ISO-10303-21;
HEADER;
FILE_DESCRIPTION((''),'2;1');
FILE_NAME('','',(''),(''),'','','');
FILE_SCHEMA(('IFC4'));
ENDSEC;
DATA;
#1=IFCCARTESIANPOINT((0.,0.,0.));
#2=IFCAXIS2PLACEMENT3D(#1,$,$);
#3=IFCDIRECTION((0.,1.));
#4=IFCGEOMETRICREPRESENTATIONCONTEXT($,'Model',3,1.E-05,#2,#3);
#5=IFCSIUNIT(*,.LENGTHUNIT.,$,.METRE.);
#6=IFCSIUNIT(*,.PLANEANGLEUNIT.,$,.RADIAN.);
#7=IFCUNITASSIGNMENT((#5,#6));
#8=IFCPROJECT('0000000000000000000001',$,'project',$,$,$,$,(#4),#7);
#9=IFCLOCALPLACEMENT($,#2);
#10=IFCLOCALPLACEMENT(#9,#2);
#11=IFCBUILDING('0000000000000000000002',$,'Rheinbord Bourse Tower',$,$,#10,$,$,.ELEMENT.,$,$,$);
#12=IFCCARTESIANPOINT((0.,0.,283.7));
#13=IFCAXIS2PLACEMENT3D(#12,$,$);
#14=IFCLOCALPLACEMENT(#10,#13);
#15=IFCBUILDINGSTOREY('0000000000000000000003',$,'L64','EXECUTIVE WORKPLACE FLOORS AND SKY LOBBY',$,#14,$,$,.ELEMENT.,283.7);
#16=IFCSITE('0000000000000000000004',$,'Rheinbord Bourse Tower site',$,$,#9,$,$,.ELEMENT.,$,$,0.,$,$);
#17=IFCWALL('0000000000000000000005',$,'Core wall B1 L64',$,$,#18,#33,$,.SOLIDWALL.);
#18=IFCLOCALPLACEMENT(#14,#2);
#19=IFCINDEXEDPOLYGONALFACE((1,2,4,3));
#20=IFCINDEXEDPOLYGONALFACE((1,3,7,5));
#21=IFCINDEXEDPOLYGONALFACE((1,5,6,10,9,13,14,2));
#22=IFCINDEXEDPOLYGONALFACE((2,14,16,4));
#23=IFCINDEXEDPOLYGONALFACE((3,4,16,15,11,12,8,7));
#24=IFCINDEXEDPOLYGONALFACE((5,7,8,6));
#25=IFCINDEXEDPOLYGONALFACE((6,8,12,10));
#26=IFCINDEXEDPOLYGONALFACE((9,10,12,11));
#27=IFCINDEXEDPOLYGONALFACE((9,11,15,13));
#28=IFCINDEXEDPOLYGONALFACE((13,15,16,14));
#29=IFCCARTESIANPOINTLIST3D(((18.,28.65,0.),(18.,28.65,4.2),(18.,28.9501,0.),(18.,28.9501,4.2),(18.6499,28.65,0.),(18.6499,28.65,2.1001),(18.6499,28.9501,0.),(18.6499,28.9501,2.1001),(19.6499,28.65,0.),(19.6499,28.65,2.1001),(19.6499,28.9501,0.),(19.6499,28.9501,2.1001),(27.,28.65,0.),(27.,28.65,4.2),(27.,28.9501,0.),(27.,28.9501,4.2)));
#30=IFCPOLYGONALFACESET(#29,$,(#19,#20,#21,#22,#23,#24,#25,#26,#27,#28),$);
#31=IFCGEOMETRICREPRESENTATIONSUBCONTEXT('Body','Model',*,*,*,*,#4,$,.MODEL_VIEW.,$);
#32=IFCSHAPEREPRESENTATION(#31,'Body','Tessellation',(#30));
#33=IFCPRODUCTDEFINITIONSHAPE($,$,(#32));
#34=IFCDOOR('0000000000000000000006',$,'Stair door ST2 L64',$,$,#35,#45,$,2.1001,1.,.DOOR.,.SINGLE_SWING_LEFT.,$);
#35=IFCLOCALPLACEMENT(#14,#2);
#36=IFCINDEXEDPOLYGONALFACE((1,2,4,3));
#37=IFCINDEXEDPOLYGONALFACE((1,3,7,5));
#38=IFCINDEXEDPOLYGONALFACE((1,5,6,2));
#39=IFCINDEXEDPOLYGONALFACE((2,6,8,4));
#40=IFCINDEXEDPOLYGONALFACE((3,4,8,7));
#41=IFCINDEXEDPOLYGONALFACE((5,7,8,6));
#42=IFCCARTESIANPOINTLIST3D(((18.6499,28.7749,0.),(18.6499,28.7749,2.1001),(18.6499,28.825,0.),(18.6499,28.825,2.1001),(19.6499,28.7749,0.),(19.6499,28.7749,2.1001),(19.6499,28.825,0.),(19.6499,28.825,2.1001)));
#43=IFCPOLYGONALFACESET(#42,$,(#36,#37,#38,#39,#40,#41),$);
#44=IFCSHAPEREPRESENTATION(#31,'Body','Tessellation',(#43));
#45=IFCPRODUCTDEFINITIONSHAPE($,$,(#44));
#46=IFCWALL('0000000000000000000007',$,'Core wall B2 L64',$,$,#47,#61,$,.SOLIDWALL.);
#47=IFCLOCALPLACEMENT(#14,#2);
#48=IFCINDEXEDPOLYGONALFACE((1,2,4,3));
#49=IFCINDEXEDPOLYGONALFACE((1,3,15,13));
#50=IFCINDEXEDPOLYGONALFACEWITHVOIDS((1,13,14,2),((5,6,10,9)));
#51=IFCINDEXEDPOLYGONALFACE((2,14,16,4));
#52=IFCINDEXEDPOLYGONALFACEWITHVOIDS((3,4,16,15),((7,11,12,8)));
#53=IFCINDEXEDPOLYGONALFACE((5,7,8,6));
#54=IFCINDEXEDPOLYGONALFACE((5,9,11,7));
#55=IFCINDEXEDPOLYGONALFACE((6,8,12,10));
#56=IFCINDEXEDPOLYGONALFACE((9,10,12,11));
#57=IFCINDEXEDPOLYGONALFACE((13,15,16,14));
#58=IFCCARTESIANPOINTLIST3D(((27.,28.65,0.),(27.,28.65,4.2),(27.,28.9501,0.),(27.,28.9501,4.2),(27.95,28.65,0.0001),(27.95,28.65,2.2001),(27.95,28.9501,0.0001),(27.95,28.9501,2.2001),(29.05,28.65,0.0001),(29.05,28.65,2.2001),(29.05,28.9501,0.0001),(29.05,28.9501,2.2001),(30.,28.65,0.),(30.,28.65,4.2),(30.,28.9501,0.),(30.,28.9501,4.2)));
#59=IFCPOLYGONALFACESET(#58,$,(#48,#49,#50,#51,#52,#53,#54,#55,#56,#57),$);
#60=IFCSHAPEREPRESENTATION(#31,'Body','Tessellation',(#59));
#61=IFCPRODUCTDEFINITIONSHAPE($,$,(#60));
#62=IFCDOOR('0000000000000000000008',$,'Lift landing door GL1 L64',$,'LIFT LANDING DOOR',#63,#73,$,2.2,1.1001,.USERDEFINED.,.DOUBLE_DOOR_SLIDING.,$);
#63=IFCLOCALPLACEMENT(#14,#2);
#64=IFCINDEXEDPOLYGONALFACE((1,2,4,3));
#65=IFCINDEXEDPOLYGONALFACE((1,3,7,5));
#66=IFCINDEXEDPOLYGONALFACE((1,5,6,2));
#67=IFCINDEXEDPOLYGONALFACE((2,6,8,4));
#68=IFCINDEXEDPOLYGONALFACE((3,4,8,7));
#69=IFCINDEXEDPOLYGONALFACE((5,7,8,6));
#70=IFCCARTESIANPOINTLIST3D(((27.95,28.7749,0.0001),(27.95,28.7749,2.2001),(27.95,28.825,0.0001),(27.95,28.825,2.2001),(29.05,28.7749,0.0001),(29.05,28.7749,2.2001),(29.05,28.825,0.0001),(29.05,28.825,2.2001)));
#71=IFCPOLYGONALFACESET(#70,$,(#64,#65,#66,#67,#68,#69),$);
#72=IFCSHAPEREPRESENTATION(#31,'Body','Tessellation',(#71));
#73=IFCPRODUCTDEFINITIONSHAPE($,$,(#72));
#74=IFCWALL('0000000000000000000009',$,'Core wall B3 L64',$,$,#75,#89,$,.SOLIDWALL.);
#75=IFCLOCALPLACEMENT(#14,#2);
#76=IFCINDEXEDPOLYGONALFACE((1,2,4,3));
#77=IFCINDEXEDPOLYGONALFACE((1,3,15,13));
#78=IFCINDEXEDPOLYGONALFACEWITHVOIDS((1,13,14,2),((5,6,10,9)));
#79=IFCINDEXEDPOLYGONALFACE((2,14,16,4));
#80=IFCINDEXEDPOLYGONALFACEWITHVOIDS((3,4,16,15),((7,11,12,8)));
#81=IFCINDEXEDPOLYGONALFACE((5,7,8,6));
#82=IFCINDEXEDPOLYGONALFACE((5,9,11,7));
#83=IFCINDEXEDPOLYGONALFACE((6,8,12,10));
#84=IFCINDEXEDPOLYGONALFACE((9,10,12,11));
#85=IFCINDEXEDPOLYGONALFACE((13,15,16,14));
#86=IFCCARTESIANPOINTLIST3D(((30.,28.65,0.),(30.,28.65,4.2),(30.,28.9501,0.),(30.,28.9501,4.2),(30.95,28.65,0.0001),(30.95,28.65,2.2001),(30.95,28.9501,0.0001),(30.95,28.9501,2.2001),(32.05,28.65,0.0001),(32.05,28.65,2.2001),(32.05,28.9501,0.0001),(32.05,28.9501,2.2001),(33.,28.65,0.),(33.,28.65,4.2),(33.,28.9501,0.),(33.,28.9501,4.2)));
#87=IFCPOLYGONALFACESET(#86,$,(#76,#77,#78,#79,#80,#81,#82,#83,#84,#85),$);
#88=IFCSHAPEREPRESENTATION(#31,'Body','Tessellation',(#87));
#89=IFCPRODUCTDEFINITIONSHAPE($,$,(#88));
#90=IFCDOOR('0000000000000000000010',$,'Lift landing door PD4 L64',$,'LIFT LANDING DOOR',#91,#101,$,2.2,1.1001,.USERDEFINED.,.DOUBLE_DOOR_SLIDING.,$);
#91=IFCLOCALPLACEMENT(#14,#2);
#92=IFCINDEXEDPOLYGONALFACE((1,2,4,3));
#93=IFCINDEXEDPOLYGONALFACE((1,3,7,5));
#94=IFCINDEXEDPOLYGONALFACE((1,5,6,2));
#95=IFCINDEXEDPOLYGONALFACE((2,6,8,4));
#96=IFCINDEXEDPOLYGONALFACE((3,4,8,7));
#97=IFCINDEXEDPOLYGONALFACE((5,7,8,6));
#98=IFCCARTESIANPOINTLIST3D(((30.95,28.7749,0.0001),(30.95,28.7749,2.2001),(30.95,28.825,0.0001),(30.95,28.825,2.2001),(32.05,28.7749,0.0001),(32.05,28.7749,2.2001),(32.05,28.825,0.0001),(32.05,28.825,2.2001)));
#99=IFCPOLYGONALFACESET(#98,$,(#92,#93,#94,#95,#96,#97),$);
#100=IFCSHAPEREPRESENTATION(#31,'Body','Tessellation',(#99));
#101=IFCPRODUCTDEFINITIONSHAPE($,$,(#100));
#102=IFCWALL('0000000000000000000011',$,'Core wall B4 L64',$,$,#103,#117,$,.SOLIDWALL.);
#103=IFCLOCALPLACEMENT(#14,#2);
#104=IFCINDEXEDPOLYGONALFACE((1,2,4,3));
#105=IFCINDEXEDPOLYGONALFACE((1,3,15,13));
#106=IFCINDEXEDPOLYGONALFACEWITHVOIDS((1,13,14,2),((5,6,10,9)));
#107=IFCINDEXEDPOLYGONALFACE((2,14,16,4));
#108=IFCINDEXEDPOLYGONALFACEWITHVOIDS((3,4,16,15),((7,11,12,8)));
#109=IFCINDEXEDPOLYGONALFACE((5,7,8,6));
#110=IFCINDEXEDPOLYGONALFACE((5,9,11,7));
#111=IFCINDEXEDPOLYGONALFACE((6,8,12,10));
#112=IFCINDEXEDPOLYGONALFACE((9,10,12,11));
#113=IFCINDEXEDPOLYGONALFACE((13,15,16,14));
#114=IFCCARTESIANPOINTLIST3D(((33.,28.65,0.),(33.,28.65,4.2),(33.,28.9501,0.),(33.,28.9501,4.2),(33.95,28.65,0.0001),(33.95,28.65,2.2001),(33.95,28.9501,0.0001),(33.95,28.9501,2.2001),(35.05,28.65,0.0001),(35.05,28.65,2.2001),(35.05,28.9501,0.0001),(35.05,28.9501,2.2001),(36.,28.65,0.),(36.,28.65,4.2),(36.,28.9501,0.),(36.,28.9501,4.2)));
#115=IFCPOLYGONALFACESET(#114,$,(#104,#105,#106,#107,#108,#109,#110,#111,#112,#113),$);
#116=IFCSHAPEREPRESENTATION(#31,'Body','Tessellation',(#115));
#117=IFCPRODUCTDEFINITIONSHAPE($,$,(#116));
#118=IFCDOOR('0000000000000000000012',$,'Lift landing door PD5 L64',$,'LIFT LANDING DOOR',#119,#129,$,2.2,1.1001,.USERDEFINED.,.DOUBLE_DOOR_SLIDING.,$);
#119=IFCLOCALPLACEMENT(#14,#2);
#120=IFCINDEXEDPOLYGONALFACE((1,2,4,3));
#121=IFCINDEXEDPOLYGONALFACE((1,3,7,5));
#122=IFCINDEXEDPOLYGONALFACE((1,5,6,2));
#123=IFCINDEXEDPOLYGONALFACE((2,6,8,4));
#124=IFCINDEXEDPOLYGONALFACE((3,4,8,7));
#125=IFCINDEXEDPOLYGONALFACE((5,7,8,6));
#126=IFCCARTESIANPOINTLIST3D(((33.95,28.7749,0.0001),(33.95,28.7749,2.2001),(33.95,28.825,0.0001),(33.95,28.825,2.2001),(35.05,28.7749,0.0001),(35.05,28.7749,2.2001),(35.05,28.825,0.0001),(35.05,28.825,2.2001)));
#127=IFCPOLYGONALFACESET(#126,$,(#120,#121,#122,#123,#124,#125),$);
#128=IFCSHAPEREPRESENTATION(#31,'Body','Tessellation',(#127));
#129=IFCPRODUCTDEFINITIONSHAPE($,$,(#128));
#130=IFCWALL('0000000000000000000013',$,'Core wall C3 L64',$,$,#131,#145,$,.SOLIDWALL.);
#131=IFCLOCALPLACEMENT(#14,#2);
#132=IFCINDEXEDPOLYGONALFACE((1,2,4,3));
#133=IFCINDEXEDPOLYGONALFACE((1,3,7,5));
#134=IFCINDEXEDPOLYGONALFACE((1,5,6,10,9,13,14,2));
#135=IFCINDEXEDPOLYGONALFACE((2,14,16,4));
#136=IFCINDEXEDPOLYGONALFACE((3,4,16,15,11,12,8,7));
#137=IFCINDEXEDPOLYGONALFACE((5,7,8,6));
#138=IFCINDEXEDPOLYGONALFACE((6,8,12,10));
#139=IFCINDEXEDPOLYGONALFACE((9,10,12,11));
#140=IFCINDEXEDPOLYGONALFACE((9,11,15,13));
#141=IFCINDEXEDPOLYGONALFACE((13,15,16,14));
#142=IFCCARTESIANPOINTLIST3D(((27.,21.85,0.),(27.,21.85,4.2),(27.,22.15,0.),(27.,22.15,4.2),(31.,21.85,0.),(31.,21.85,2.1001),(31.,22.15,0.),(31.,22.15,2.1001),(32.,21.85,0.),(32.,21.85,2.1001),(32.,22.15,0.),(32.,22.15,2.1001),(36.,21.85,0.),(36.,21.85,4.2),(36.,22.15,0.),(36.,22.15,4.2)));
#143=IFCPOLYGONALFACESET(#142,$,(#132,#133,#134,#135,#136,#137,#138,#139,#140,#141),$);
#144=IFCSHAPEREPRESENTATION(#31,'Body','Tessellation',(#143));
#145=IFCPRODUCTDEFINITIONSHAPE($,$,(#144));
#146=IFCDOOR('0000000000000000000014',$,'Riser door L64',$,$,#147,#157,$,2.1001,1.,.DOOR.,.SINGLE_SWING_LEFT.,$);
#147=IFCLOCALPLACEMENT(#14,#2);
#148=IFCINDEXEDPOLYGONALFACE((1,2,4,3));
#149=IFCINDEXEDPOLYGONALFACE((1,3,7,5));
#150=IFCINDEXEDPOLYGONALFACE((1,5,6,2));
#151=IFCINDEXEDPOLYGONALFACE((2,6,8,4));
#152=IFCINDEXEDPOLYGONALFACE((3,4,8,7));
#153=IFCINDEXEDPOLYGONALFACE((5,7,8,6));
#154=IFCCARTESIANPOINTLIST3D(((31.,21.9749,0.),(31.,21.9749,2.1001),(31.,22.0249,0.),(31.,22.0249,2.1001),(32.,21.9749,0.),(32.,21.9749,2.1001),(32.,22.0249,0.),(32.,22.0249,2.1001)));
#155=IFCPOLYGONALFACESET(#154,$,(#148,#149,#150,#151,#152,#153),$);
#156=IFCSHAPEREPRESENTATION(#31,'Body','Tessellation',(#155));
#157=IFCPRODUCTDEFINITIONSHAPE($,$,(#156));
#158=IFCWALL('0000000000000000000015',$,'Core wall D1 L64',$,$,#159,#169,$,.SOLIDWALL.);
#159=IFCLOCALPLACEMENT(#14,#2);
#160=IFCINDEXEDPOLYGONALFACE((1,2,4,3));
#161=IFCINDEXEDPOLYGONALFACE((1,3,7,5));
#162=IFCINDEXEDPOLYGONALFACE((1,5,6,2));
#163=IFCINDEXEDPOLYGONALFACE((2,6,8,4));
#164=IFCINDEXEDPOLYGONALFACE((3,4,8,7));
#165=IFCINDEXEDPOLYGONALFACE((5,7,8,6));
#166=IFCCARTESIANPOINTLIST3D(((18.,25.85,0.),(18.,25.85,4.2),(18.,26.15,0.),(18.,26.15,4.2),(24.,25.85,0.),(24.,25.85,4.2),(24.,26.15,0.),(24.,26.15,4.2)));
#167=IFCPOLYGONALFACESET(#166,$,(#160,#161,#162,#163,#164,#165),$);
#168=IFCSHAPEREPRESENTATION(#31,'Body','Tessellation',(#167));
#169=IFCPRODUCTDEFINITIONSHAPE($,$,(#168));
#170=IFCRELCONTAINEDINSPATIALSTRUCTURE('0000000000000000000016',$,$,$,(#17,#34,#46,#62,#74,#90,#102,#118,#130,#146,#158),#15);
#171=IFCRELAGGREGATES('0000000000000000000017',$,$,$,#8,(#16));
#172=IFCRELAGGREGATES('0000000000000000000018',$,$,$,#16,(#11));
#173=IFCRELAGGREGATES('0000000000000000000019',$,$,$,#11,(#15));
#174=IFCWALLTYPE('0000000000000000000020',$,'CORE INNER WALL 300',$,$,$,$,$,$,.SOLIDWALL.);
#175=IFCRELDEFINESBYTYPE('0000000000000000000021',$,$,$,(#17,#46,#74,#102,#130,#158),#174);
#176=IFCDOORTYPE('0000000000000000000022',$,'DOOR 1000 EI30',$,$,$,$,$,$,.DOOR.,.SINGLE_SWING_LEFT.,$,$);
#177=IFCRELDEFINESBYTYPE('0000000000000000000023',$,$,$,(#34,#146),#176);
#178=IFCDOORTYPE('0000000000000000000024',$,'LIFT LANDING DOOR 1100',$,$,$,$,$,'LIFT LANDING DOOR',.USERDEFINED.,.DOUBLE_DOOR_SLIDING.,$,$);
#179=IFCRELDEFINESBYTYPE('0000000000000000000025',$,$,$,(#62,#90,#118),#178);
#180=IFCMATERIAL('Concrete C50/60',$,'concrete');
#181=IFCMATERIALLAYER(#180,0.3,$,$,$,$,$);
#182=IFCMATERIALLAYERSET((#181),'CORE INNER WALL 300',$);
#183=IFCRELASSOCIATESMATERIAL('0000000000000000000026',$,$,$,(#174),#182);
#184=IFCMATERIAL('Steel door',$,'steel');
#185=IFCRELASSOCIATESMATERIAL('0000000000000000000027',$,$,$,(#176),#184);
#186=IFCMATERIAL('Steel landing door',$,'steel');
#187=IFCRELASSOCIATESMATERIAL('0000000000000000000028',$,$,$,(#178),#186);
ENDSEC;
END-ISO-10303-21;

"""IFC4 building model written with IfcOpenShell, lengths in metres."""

from ifc_helpers import new_model, si_unit, direction, frame, frame_2d, origin, place, context, subcontext, project, spatial, rectangle, extrude, material, layer, layer_set, type_object, element, fill, save


model = new_model("IFC4")

# Units and contexts
model_context = context("Model", 3, precision=1e-05, world=origin(), true_north=direction((0.0, 1.0)))
body_context = subcontext(model_context, "Body", "Model", "MODEL_VIEW")
ifc_project = project(units=[si_unit("LENGTHUNIT", "METRE"), si_unit("PLANEANGLEUNIT", "RADIAN")], contexts=[model_context])

# Site, building, storey
site_placement = place(None, origin())
site = spatial("IfcSite", under=ifc_project, at=site_placement, Name="Rheinbord Bourse Tower site", CompositionType="ELEMENT", RefElevation=0.0)
building_placement = place(site_placement, origin())
building = spatial("IfcBuilding", under=site, at=building_placement, Name="Rheinbord Bourse Tower", CompositionType="ELEMENT")
storey_placement = place(building_placement, frame((0.0, 0.0, 283.7)))
storey = spatial("IfcBuildingStorey", under=building, at=storey_placement, Name="L64", Description="EXECUTIVE WORKPLACE FLOORS AND SKY LOBBY", CompositionType="ELEMENT", Elevation=283.7)

# Walls, openings, doors
ifc_material_1 = material(Name="Concrete C50/60", Category="concrete")
ifc_layer_1 = layer(ifc_material_1, 0.3)
ifc_layer_set_1 = layer_set([ifc_layer_1], Name="CORE INNER WALL 300")
wall_type_1 = type_object("IfcWallType", Name="CORE INNER WALL 300", PredefinedType="SOLIDWALL", material=ifc_layer_set_1)
wall_1_placement = place(storey_placement, frame((18.0, 28.8, 0.0), z_axis=(0.0, 0.0, 1.0), x_axis=(1.0, 0.0, 0.0)))
wall_1 = element("IfcWall", 1, at=wall_1_placement, inside=storey, type_object=wall_type_1, Name="Core wall B1 L64", PredefinedType="SOLIDWALL", context=body_context, shape_type="SweptSolid", body=[
    extrude(rectangle(XDim=9.0, YDim=0.3, at=frame_2d((4.5, 0.0))), origin(), (0.0, 0.0, 1.0), 4.2),
])
opening_1_placement = place(wall_1_placement, frame((0.6499, 0.0, 0.0)))
opening_1 = element("IfcOpeningElement", 2, at=opening_1_placement, cuts=wall_1, PredefinedType="OPENING", context=body_context, shape_type="SweptSolid", body=[
    extrude(rectangle(XDim=1.0, YDim=2.1001, at=frame_2d((0.5, 1.05))), frame((0.0, 0.1599, 0.0), z_axis=(0.0, -1.0, 0.0), x_axis=(1.0, 0.0, 0.0)), (0.0, 0.0, 1.0), 0.3201),
])
ifc_material_2 = material(Name="Steel door", Category="steel")
door_type_1 = type_object("IfcDoorType", Name="DOOR 1000 EI30", OperationType="SINGLE_SWING_LEFT", PredefinedType="DOOR", material=ifc_material_2)
door_1_placement = place(opening_1_placement, origin())
door_1 = element("IfcDoor", 3, at=door_1_placement, inside=storey, type_object=door_type_1, Name="Stair door ST2 L64", OperationType="SINGLE_SWING_LEFT", OverallHeight=2.1001, OverallWidth=1.0, PredefinedType="DOOR", context=body_context, shape_type="SweptSolid", body=[
    extrude(rectangle(XDim=1.0, YDim=2.1001, at=frame_2d((0.5, 1.05))), frame((0.0, 0.0249, 0.0), z_axis=(0.0, -1.0, 0.0), x_axis=(1.0, 0.0, 0.0)), (0.0, 0.0, 1.0), 0.05),
])
fill(opening_1, door_1)
wall_2_placement = place(storey_placement, frame((27.0, 28.8, 0.0), z_axis=(0.0, 0.0, 1.0), x_axis=(1.0, 0.0, 0.0)))
wall_2 = element("IfcWall", 4, at=wall_2_placement, inside=storey, type_object=wall_type_1, Name="Core wall B2 L64", PredefinedType="SOLIDWALL", context=body_context, shape_type="SweptSolid", body=[
    extrude(rectangle(XDim=3.0, YDim=0.3, at=frame_2d((1.5, 0.0))), origin(), (0.0, 0.0, 1.0), 4.2),
])
opening_2_placement = place(wall_2_placement, frame((0.95, 0.0, 0.0)))
opening_2 = element("IfcOpeningElement", 5, at=opening_2_placement, cuts=wall_2, PredefinedType="OPENING", context=body_context, shape_type="SweptSolid", body=[
    extrude(rectangle(XDim=1.1001, YDim=2.2, at=frame_2d((0.55, 1.1001))), frame((0.0, 0.1599, 0.0), z_axis=(0.0, -1.0, 0.0), x_axis=(1.0, 0.0, 0.0)), (0.0, 0.0, 1.0), 0.3201),
])
ifc_material_3 = material(Name="Steel landing door", Category="steel")
door_type_2 = type_object("IfcDoorType", Name="LIFT LANDING DOOR 1100", ElementType="LIFT LANDING DOOR", OperationType="DOUBLE_DOOR_SLIDING", PredefinedType="USERDEFINED", material=ifc_material_3)
door_2_placement = place(opening_2_placement, origin())
door_2 = element("IfcDoor", 6, at=door_2_placement, inside=storey, type_object=door_type_2, Name="Lift landing door GL1 L64", ObjectType="LIFT LANDING DOOR", OperationType="DOUBLE_DOOR_SLIDING", OverallHeight=2.2, OverallWidth=1.1001, PredefinedType="USERDEFINED", context=body_context, shape_type="SweptSolid", body=[
    extrude(rectangle(XDim=1.1001, YDim=2.2, at=frame_2d((0.55, 1.1001))), frame((0.0, 0.0249, 0.0), z_axis=(0.0, -1.0, 0.0), x_axis=(1.0, 0.0, 0.0)), (0.0, 0.0, 1.0), 0.05),
])
fill(opening_2, door_2)
wall_3_placement = place(storey_placement, frame((30.0, 28.8, 0.0), z_axis=(0.0, 0.0, 1.0), x_axis=(1.0, 0.0, 0.0)))
wall_3 = element("IfcWall", 7, at=wall_3_placement, inside=storey, type_object=wall_type_1, Name="Core wall B3 L64", PredefinedType="SOLIDWALL", context=body_context, shape_type="SweptSolid", body=[
    extrude(rectangle(XDim=3.0, YDim=0.3, at=frame_2d((1.5, 0.0))), origin(), (0.0, 0.0, 1.0), 4.2),
])
opening_3_placement = place(wall_3_placement, frame((0.95, 0.0, 0.0)))
opening_3 = element("IfcOpeningElement", 8, at=opening_3_placement, cuts=wall_3, PredefinedType="OPENING", context=body_context, shape_type="SweptSolid", body=[
    extrude(rectangle(XDim=1.1001, YDim=2.2, at=frame_2d((0.55, 1.1001))), frame((0.0, 0.1599, 0.0), z_axis=(0.0, -1.0, 0.0), x_axis=(1.0, 0.0, 0.0)), (0.0, 0.0, 1.0), 0.3201),
])
door_3_placement = place(opening_3_placement, origin())
door_3 = element("IfcDoor", 9, at=door_3_placement, inside=storey, type_object=door_type_2, Name="Lift landing door PD4 L64", ObjectType="LIFT LANDING DOOR", OperationType="DOUBLE_DOOR_SLIDING", OverallHeight=2.2, OverallWidth=1.1001, PredefinedType="USERDEFINED", context=body_context, shape_type="SweptSolid", body=[
    extrude(rectangle(XDim=1.1001, YDim=2.2, at=frame_2d((0.55, 1.1001))), frame((0.0, 0.0249, 0.0), z_axis=(0.0, -1.0, 0.0), x_axis=(1.0, 0.0, 0.0)), (0.0, 0.0, 1.0), 0.05),
])
fill(opening_3, door_3)
wall_4_placement = place(storey_placement, frame((33.0, 28.8, 0.0), z_axis=(0.0, 0.0, 1.0), x_axis=(1.0, 0.0, 0.0)))
wall_4 = element("IfcWall", 10, at=wall_4_placement, inside=storey, type_object=wall_type_1, Name="Core wall B4 L64", PredefinedType="SOLIDWALL", context=body_context, shape_type="SweptSolid", body=[
    extrude(rectangle(XDim=3.0, YDim=0.3, at=frame_2d((1.5, 0.0))), origin(), (0.0, 0.0, 1.0), 4.2),
])
opening_4_placement = place(wall_4_placement, frame((0.95, 0.0, 0.0)))
opening_4 = element("IfcOpeningElement", 11, at=opening_4_placement, cuts=wall_4, PredefinedType="OPENING", context=body_context, shape_type="SweptSolid", body=[
    extrude(rectangle(XDim=1.1001, YDim=2.2, at=frame_2d((0.55, 1.1001))), frame((0.0, 0.1599, 0.0), z_axis=(0.0, -1.0, 0.0), x_axis=(1.0, 0.0, 0.0)), (0.0, 0.0, 1.0), 0.3201),
])
door_4_placement = place(opening_4_placement, origin())
door_4 = element("IfcDoor", 12, at=door_4_placement, inside=storey, type_object=door_type_2, Name="Lift landing door PD5 L64", ObjectType="LIFT LANDING DOOR", OperationType="DOUBLE_DOOR_SLIDING", OverallHeight=2.2, OverallWidth=1.1001, PredefinedType="USERDEFINED", context=body_context, shape_type="SweptSolid", body=[
    extrude(rectangle(XDim=1.1001, YDim=2.2, at=frame_2d((0.55, 1.1001))), frame((0.0, 0.0249, 0.0), z_axis=(0.0, -1.0, 0.0), x_axis=(1.0, 0.0, 0.0)), (0.0, 0.0, 1.0), 0.05),
])
fill(opening_4, door_4)
wall_5_placement = place(storey_placement, frame((27.0, 22.0, 0.0), z_axis=(0.0, 0.0, 1.0), x_axis=(1.0, 0.0, 0.0)))
wall_5 = element("IfcWall", 13, at=wall_5_placement, inside=storey, type_object=wall_type_1, Name="Core wall C3 L64", PredefinedType="SOLIDWALL", context=body_context, shape_type="SweptSolid", body=[
    extrude(rectangle(XDim=9.0, YDim=0.3, at=frame_2d((4.5, 0.0))), origin(), (0.0, 0.0, 1.0), 4.2),
])
opening_5_placement = place(wall_5_placement, frame((4.0, 0.0, 0.0)))
opening_5 = element("IfcOpeningElement", 14, at=opening_5_placement, cuts=wall_5, PredefinedType="OPENING", context=body_context, shape_type="SweptSolid", body=[
    extrude(rectangle(XDim=1.0, YDim=2.1001, at=frame_2d((0.5, 1.05))), frame((0.0, 0.1599, 0.0), z_axis=(0.0, -1.0, 0.0), x_axis=(1.0, 0.0, 0.0)), (0.0, 0.0, 1.0), 0.3201),
])
door_5_placement = place(opening_5_placement, origin())
door_5 = element("IfcDoor", 15, at=door_5_placement, inside=storey, type_object=door_type_1, Name="Riser door L64", OperationType="SINGLE_SWING_LEFT", OverallHeight=2.1001, OverallWidth=1.0, PredefinedType="DOOR", context=body_context, shape_type="SweptSolid", body=[
    extrude(rectangle(XDim=1.0, YDim=2.1001, at=frame_2d((0.5, 1.05))), frame((0.0, 0.0249, 0.0), z_axis=(0.0, -1.0, 0.0), x_axis=(1.0, 0.0, 0.0)), (0.0, 0.0, 1.0), 0.05),
])
fill(opening_5, door_5)

# Wall
wall_6_placement = place(storey_placement, frame((18.0, 26.0, 0.0), z_axis=(0.0, 0.0, 1.0), x_axis=(1.0, 0.0, 0.0)))
element("IfcWall", 16, at=wall_6_placement, inside=storey, type_object=wall_type_1, Name="Core wall D1 L64", PredefinedType="SOLIDWALL", context=body_context, shape_type="SweptSolid", body=[
    extrude(rectangle(XDim=6.0, YDim=0.3, at=frame_2d((3.0, 0.0))), origin(), (0.0, 0.0, 1.0), 4.2),
])

save(model, "model.ifc")
